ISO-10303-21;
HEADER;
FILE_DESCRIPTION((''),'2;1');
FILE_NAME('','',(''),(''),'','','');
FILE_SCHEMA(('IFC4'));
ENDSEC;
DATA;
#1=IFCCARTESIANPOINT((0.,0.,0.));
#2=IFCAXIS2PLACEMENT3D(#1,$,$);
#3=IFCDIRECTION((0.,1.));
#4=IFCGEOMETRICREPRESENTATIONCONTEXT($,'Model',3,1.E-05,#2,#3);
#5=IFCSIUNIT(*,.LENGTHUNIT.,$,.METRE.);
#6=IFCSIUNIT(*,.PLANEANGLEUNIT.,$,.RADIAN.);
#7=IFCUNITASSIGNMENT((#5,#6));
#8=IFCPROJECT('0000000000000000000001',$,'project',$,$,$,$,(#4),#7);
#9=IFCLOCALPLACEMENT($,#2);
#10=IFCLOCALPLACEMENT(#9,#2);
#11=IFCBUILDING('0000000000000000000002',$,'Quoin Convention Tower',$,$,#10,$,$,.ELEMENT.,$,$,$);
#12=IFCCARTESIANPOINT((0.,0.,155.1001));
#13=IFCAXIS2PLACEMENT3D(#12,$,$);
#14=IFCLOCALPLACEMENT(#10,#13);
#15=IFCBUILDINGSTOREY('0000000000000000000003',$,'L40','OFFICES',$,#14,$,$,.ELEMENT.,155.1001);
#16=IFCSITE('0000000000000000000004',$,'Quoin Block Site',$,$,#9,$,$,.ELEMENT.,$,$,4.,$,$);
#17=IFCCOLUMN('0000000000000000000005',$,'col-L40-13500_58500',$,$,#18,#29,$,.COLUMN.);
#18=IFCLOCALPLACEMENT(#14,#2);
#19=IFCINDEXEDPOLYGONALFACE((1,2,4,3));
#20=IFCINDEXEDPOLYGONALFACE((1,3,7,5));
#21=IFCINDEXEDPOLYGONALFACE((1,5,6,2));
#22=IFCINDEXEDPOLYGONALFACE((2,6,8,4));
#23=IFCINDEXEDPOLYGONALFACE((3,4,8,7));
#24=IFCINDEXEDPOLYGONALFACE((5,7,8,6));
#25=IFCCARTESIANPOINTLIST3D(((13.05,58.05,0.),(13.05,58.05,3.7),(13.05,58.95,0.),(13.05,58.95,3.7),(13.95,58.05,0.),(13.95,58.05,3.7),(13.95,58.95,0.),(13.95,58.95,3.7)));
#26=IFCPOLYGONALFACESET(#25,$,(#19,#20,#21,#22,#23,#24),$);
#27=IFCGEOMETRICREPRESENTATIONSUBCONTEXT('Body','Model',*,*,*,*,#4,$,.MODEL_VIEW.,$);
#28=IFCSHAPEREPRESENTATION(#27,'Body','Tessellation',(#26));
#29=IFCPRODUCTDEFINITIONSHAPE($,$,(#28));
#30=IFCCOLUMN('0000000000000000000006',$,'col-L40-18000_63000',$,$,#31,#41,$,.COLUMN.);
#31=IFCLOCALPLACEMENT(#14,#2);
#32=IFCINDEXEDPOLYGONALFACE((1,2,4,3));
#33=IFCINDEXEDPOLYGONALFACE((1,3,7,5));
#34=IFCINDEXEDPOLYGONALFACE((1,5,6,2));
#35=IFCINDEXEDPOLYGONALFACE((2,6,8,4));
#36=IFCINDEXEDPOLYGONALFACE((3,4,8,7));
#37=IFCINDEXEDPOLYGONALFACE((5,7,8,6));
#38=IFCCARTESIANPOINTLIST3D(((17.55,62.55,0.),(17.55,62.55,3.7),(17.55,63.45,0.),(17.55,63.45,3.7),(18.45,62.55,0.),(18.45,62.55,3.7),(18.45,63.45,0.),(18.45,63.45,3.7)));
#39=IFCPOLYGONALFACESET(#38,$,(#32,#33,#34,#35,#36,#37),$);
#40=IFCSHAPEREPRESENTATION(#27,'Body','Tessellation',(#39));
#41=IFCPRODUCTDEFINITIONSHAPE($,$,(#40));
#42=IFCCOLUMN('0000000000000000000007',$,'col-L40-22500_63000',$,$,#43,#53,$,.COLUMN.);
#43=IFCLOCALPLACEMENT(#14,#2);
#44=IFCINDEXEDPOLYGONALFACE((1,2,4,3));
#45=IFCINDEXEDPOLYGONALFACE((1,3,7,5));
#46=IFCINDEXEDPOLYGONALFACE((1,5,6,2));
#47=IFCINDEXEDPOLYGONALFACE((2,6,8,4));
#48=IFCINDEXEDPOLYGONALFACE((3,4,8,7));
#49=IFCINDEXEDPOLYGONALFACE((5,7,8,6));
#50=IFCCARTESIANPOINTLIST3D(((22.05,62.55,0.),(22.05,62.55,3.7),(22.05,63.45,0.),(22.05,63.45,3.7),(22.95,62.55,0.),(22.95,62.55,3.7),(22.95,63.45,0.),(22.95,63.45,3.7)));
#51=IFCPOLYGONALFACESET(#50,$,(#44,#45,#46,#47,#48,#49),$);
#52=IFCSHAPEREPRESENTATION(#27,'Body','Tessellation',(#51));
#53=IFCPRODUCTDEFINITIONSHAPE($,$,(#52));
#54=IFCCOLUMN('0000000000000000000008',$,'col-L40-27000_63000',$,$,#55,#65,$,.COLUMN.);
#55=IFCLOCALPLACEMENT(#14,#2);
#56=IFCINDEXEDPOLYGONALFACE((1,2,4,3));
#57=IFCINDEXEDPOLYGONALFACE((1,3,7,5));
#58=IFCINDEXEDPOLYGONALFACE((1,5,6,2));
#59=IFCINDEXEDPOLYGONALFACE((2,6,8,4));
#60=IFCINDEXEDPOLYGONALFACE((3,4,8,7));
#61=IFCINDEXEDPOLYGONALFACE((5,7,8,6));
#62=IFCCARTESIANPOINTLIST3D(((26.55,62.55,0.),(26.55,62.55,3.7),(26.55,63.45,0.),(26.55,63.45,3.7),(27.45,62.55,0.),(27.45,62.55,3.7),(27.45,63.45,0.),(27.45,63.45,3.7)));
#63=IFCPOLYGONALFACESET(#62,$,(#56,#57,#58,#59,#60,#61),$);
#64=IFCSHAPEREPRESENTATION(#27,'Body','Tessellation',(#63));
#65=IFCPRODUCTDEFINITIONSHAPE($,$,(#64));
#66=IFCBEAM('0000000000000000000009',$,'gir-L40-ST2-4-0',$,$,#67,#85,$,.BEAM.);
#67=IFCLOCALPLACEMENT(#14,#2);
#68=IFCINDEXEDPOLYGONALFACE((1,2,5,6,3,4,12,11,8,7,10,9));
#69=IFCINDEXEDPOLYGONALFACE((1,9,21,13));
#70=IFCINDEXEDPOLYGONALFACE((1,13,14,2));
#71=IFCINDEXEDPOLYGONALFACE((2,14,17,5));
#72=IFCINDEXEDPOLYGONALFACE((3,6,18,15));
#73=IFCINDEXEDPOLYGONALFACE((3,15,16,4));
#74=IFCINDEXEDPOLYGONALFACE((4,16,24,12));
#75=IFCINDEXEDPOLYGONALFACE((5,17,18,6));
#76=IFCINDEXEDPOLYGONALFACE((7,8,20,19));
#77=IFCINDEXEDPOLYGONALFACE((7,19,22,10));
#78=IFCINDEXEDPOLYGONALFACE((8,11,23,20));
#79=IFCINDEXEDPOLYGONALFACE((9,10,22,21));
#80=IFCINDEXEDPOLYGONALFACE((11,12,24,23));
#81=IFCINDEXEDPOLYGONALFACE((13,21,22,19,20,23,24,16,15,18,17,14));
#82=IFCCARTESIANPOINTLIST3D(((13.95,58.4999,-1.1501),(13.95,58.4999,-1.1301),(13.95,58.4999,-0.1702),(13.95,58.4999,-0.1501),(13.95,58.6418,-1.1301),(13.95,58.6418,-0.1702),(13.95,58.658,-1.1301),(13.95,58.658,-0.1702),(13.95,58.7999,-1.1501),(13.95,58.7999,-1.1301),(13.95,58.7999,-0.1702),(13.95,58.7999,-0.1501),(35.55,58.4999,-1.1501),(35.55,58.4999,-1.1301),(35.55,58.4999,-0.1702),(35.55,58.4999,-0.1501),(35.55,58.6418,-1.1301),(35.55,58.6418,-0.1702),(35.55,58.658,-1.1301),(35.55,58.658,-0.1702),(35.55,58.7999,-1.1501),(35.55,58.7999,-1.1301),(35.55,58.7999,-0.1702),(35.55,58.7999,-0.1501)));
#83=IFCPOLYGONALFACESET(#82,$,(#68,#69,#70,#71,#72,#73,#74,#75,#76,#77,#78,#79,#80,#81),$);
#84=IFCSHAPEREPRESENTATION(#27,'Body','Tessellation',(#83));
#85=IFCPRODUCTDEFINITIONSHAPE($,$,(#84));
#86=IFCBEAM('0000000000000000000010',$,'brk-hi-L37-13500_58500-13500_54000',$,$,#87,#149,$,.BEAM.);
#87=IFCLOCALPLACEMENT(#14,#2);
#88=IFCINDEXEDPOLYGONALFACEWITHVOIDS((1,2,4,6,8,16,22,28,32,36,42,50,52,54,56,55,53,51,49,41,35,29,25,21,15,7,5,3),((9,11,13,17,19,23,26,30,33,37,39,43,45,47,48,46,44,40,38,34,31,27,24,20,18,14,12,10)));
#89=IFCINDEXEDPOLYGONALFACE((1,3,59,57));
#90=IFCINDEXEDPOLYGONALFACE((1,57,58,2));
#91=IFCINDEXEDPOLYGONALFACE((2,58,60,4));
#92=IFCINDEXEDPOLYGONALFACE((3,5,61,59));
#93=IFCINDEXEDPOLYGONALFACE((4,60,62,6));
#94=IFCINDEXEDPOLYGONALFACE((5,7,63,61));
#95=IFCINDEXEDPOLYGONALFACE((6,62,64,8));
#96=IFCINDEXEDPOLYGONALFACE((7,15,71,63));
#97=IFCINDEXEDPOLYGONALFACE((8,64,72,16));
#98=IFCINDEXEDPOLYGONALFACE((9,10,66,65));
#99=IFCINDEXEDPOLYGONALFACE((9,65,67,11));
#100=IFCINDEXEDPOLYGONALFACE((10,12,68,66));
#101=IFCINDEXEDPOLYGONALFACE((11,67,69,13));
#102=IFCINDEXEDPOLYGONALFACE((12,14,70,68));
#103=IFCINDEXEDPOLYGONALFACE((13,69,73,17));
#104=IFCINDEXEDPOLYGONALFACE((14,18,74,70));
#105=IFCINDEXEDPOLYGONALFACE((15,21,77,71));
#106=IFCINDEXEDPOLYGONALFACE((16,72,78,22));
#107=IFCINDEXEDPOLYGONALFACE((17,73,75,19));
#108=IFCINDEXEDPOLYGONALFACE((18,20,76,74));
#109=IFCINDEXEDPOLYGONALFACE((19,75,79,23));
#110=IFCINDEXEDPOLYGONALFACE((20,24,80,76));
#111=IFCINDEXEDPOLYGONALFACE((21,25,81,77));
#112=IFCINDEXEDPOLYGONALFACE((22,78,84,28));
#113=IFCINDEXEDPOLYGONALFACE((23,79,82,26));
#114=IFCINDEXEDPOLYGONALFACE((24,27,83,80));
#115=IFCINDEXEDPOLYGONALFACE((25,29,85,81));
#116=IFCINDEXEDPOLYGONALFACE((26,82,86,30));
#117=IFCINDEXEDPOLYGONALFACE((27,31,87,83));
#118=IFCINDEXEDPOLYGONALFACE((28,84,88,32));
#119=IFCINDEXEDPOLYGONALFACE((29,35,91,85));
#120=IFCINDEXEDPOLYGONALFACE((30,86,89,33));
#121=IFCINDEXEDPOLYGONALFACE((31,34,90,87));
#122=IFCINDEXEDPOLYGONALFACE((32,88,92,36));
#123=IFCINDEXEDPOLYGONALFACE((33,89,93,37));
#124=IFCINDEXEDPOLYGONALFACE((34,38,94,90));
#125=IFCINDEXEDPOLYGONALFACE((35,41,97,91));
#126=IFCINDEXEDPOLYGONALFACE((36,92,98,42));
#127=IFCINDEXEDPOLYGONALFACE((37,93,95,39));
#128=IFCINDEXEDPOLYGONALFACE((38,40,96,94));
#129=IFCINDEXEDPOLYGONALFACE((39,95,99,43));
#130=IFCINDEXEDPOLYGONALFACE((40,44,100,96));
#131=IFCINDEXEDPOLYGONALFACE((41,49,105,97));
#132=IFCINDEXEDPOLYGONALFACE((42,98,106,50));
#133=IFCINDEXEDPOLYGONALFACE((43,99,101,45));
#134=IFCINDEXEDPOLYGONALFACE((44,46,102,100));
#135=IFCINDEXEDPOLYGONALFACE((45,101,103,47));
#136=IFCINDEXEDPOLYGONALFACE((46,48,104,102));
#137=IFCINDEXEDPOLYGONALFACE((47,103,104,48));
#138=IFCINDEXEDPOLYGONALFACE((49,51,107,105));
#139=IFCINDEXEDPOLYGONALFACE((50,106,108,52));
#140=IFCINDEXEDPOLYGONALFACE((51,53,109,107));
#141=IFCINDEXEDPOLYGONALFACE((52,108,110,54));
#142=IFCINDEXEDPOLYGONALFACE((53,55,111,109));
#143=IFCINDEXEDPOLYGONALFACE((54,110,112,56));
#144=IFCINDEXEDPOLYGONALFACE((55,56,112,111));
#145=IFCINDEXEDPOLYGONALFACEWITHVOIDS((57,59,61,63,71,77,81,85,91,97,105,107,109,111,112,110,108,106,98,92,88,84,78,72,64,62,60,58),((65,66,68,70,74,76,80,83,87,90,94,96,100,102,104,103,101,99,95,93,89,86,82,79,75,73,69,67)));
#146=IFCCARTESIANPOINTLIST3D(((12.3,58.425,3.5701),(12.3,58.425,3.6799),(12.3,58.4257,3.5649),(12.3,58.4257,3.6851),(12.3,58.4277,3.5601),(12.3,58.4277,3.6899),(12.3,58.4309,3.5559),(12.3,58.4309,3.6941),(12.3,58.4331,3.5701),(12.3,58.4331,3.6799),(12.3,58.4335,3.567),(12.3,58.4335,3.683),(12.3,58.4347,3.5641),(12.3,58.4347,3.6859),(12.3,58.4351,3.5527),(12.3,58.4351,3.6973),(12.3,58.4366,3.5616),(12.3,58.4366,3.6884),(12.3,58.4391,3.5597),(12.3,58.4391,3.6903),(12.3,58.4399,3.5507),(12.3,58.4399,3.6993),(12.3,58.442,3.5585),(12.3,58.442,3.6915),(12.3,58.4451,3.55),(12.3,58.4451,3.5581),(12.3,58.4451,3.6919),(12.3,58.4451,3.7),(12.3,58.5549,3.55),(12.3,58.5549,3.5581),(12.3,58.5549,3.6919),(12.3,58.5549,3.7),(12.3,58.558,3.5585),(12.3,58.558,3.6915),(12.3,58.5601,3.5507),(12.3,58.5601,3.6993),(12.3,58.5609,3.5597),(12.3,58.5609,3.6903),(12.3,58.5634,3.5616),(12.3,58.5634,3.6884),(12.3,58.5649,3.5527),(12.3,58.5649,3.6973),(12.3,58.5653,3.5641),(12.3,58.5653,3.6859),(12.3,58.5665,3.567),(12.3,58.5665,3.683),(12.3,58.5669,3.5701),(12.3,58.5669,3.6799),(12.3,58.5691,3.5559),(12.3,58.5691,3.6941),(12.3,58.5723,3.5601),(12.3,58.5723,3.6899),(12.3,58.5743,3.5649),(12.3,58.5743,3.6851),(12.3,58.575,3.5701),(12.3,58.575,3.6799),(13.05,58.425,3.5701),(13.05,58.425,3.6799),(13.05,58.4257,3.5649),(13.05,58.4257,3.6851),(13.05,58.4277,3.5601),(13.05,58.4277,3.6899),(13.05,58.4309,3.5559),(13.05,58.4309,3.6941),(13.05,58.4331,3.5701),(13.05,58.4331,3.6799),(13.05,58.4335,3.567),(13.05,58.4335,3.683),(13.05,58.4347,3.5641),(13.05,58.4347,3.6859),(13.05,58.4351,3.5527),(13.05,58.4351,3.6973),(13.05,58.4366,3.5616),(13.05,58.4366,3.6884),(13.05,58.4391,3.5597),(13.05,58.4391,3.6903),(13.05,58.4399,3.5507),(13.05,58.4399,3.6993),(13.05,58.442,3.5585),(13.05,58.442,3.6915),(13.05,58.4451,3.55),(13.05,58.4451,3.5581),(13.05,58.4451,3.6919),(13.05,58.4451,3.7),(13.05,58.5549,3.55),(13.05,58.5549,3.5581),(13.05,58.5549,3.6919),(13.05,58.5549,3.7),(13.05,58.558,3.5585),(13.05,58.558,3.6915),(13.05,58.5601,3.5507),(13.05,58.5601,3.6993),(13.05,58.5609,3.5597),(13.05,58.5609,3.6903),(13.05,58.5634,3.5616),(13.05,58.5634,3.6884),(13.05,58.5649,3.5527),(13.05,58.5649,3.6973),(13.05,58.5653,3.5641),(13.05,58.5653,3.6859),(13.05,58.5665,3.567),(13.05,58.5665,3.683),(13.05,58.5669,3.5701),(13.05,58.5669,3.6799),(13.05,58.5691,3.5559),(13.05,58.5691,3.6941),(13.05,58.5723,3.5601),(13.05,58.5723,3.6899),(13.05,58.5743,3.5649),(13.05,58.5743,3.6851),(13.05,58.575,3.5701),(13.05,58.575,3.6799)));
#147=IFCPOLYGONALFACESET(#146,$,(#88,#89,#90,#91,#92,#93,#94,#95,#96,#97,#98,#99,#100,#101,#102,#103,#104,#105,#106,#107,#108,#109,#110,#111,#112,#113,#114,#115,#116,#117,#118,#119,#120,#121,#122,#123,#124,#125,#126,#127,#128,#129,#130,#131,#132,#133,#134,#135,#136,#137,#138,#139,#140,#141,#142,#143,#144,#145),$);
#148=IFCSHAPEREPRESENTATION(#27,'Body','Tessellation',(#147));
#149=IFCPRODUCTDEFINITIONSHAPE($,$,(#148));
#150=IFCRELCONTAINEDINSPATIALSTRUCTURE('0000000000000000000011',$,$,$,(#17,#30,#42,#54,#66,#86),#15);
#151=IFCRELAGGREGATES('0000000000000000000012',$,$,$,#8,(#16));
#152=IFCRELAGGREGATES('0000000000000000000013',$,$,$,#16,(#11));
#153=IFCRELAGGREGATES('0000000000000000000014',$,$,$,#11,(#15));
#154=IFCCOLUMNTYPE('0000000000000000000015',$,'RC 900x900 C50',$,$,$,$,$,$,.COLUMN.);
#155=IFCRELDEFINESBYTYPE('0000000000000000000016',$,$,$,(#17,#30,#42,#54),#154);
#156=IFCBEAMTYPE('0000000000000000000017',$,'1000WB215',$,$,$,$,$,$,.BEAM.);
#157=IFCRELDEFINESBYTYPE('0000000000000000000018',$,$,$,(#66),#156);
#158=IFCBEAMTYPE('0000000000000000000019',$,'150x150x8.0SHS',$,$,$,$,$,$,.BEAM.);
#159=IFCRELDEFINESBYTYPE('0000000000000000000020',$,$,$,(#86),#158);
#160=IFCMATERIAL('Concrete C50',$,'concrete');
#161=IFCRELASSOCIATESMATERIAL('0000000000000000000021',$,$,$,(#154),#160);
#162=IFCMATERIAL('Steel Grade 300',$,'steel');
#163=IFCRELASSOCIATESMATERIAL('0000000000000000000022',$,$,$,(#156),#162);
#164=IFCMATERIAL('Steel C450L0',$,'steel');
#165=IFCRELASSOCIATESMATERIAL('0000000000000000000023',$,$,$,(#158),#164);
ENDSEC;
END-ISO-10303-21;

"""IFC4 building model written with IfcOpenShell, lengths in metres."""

from ifc_helpers import new_model, si_unit, direction, frame, origin, origin_2d, place, context, subcontext, project, spatial, rectangle, hollow_rectangle, i_section, extrude, material, material_profile, profile_set, type_object, element, save


model = new_model("IFC4")

# Units and contexts
model_context = context("Model", 3, precision=1e-05, world=origin(), true_north=direction((0.0, 1.0)))
body_context = subcontext(model_context, "Body", "Model", "MODEL_VIEW")
ifc_project = project(units=[si_unit("LENGTHUNIT", "METRE"), si_unit("PLANEANGLEUNIT", "RADIAN")], contexts=[model_context])

# Site, building, storey
site_placement = place(None, origin())
site = spatial("IfcSite", under=ifc_project, at=site_placement, Name="Quoin Block Site", CompositionType="ELEMENT", RefElevation=4.0)
building_placement = place(site_placement, origin())
building = spatial("IfcBuilding", under=site, at=building_placement, Name="Quoin Convention Tower", CompositionType="ELEMENT")
storey_placement = place(building_placement, frame((0.0, 0.0, 155.1001)))
storey = spatial("IfcBuildingStorey", under=building, at=storey_placement, Name="L40", Description="OFFICES", CompositionType="ELEMENT", Elevation=155.1001)

# Columns
ifc_material_1 = material(Name="Concrete C50", Category="concrete")
ifc_material_profile_1 = material_profile(ifc_material_1, rectangle(XDim=0.8999, YDim=0.8999, at=origin_2d()), Name="RC 900x900")
ifc_profile_set_1 = profile_set([ifc_material_profile_1], Name="Concrete C50")
column_type = type_object("IfcColumnType", Name="RC 900x900 C50", PredefinedType="COLUMN", material=ifc_profile_set_1)
for number, where, z_axis, x_axis, name in (
    (1, (13.5, 58.5, 0.0), (0.0, 0.0, 1.0), (1.0, 0.0, 0.0), "col-L40-13500_58500"),
    (2, (18.0, 63.0, 0.0), (0.0, 0.0, 1.0), (1.0, 0.0, 0.0), "col-L40-18000_63000"),
    (3, (22.5, 63.0, 0.0), (0.0, 0.0, 1.0), (1.0, 0.0, 0.0), "col-L40-22500_63000"),
    (4, (27.0, 63.0, 0.0), (0.0, 0.0, 1.0), (1.0, 0.0, 0.0), "col-L40-27000_63000"),
):
    element("IfcColumn", number, at=place(storey_placement, frame(where, z_axis=z_axis, x_axis=x_axis)), inside=storey, type_object=column_type, Name=name, PredefinedType="COLUMN", context=body_context, shape_type="SweptSolid", body=[
        extrude(rectangle(XDim=0.8999, YDim=0.8999, at=origin_2d()), origin(), (0.0, 0.0, 1.0), 3.7),
    ])

# Beams
ifc_material_2 = material(Name="Steel Grade 300", Category="steel")
ifc_material_profile_2 = material_profile(ifc_material_2, i_section(OverallWidth=0.3, OverallDepth=1.0, WebThickness=0.0161, FlangeThickness=0.02, at=origin_2d()), Name="1000WB215")
ifc_profile_set_2 = profile_set([ifc_material_profile_2], Name="Steel Grade 300")
beam_type_1 = type_object("IfcBeamType", Name="1000WB215", PredefinedType="BEAM", material=ifc_profile_set_2)
beam_1_placement = place(storey_placement, frame((13.95, 58.6499, -0.6501), z_axis=(1.0, 0.0, 0.0), x_axis=(0.0, 1.0, 0.0)))
element("IfcBeam", 5, at=beam_1_placement, inside=storey, type_object=beam_type_1, Name="gir-L40-ST2-4-0", PredefinedType="BEAM", context=body_context, shape_type="SweptSolid", body=[
    extrude(i_section(OverallWidth=0.3, OverallDepth=1.0, WebThickness=0.0161, FlangeThickness=0.02, at=origin_2d()), origin(), (0.0, 0.0, 1.0), 21.6001),
])
ifc_material_3 = material(Name="Steel C450L0", Category="steel")
ifc_material_profile_3 = material_profile(ifc_material_3, hollow_rectangle(XDim=0.1499, YDim=0.1499, WallThickness=0.0081, InnerFilletRadius=0.012, OuterFilletRadius=0.02, at=origin_2d()), Name="150x150x8.0SHS")
ifc_profile_set_3 = profile_set([ifc_material_profile_3], Name="Steel C450L0")
beam_type_2 = type_object("IfcBeamType", Name="150x150x8.0SHS", PredefinedType="BEAM", material=ifc_profile_set_3)
for number, where, z_axis, x_axis, name in (
    (6, (13.05, 58.5, 3.625), (-1.0, 0.0, 0.0), (0.0, -1.0, 0.0), "brk-hi-L37-13500_58500-13500_54000"),
):
    element("IfcBeam", number, at=place(storey_placement, frame(where, z_axis=z_axis, x_axis=x_axis)), inside=storey, type_object=beam_type_2, Name=name, PredefinedType="BEAM", context=body_context, shape_type="SweptSolid", body=[
        extrude(hollow_rectangle(XDim=0.1499, YDim=0.1499, WallThickness=0.0081, InnerFilletRadius=0.012, OuterFilletRadius=0.02, at=origin_2d()), origin(), (0.0, 0.0, 1.0), 0.75),
    ])

save(model, "model.ifc")
